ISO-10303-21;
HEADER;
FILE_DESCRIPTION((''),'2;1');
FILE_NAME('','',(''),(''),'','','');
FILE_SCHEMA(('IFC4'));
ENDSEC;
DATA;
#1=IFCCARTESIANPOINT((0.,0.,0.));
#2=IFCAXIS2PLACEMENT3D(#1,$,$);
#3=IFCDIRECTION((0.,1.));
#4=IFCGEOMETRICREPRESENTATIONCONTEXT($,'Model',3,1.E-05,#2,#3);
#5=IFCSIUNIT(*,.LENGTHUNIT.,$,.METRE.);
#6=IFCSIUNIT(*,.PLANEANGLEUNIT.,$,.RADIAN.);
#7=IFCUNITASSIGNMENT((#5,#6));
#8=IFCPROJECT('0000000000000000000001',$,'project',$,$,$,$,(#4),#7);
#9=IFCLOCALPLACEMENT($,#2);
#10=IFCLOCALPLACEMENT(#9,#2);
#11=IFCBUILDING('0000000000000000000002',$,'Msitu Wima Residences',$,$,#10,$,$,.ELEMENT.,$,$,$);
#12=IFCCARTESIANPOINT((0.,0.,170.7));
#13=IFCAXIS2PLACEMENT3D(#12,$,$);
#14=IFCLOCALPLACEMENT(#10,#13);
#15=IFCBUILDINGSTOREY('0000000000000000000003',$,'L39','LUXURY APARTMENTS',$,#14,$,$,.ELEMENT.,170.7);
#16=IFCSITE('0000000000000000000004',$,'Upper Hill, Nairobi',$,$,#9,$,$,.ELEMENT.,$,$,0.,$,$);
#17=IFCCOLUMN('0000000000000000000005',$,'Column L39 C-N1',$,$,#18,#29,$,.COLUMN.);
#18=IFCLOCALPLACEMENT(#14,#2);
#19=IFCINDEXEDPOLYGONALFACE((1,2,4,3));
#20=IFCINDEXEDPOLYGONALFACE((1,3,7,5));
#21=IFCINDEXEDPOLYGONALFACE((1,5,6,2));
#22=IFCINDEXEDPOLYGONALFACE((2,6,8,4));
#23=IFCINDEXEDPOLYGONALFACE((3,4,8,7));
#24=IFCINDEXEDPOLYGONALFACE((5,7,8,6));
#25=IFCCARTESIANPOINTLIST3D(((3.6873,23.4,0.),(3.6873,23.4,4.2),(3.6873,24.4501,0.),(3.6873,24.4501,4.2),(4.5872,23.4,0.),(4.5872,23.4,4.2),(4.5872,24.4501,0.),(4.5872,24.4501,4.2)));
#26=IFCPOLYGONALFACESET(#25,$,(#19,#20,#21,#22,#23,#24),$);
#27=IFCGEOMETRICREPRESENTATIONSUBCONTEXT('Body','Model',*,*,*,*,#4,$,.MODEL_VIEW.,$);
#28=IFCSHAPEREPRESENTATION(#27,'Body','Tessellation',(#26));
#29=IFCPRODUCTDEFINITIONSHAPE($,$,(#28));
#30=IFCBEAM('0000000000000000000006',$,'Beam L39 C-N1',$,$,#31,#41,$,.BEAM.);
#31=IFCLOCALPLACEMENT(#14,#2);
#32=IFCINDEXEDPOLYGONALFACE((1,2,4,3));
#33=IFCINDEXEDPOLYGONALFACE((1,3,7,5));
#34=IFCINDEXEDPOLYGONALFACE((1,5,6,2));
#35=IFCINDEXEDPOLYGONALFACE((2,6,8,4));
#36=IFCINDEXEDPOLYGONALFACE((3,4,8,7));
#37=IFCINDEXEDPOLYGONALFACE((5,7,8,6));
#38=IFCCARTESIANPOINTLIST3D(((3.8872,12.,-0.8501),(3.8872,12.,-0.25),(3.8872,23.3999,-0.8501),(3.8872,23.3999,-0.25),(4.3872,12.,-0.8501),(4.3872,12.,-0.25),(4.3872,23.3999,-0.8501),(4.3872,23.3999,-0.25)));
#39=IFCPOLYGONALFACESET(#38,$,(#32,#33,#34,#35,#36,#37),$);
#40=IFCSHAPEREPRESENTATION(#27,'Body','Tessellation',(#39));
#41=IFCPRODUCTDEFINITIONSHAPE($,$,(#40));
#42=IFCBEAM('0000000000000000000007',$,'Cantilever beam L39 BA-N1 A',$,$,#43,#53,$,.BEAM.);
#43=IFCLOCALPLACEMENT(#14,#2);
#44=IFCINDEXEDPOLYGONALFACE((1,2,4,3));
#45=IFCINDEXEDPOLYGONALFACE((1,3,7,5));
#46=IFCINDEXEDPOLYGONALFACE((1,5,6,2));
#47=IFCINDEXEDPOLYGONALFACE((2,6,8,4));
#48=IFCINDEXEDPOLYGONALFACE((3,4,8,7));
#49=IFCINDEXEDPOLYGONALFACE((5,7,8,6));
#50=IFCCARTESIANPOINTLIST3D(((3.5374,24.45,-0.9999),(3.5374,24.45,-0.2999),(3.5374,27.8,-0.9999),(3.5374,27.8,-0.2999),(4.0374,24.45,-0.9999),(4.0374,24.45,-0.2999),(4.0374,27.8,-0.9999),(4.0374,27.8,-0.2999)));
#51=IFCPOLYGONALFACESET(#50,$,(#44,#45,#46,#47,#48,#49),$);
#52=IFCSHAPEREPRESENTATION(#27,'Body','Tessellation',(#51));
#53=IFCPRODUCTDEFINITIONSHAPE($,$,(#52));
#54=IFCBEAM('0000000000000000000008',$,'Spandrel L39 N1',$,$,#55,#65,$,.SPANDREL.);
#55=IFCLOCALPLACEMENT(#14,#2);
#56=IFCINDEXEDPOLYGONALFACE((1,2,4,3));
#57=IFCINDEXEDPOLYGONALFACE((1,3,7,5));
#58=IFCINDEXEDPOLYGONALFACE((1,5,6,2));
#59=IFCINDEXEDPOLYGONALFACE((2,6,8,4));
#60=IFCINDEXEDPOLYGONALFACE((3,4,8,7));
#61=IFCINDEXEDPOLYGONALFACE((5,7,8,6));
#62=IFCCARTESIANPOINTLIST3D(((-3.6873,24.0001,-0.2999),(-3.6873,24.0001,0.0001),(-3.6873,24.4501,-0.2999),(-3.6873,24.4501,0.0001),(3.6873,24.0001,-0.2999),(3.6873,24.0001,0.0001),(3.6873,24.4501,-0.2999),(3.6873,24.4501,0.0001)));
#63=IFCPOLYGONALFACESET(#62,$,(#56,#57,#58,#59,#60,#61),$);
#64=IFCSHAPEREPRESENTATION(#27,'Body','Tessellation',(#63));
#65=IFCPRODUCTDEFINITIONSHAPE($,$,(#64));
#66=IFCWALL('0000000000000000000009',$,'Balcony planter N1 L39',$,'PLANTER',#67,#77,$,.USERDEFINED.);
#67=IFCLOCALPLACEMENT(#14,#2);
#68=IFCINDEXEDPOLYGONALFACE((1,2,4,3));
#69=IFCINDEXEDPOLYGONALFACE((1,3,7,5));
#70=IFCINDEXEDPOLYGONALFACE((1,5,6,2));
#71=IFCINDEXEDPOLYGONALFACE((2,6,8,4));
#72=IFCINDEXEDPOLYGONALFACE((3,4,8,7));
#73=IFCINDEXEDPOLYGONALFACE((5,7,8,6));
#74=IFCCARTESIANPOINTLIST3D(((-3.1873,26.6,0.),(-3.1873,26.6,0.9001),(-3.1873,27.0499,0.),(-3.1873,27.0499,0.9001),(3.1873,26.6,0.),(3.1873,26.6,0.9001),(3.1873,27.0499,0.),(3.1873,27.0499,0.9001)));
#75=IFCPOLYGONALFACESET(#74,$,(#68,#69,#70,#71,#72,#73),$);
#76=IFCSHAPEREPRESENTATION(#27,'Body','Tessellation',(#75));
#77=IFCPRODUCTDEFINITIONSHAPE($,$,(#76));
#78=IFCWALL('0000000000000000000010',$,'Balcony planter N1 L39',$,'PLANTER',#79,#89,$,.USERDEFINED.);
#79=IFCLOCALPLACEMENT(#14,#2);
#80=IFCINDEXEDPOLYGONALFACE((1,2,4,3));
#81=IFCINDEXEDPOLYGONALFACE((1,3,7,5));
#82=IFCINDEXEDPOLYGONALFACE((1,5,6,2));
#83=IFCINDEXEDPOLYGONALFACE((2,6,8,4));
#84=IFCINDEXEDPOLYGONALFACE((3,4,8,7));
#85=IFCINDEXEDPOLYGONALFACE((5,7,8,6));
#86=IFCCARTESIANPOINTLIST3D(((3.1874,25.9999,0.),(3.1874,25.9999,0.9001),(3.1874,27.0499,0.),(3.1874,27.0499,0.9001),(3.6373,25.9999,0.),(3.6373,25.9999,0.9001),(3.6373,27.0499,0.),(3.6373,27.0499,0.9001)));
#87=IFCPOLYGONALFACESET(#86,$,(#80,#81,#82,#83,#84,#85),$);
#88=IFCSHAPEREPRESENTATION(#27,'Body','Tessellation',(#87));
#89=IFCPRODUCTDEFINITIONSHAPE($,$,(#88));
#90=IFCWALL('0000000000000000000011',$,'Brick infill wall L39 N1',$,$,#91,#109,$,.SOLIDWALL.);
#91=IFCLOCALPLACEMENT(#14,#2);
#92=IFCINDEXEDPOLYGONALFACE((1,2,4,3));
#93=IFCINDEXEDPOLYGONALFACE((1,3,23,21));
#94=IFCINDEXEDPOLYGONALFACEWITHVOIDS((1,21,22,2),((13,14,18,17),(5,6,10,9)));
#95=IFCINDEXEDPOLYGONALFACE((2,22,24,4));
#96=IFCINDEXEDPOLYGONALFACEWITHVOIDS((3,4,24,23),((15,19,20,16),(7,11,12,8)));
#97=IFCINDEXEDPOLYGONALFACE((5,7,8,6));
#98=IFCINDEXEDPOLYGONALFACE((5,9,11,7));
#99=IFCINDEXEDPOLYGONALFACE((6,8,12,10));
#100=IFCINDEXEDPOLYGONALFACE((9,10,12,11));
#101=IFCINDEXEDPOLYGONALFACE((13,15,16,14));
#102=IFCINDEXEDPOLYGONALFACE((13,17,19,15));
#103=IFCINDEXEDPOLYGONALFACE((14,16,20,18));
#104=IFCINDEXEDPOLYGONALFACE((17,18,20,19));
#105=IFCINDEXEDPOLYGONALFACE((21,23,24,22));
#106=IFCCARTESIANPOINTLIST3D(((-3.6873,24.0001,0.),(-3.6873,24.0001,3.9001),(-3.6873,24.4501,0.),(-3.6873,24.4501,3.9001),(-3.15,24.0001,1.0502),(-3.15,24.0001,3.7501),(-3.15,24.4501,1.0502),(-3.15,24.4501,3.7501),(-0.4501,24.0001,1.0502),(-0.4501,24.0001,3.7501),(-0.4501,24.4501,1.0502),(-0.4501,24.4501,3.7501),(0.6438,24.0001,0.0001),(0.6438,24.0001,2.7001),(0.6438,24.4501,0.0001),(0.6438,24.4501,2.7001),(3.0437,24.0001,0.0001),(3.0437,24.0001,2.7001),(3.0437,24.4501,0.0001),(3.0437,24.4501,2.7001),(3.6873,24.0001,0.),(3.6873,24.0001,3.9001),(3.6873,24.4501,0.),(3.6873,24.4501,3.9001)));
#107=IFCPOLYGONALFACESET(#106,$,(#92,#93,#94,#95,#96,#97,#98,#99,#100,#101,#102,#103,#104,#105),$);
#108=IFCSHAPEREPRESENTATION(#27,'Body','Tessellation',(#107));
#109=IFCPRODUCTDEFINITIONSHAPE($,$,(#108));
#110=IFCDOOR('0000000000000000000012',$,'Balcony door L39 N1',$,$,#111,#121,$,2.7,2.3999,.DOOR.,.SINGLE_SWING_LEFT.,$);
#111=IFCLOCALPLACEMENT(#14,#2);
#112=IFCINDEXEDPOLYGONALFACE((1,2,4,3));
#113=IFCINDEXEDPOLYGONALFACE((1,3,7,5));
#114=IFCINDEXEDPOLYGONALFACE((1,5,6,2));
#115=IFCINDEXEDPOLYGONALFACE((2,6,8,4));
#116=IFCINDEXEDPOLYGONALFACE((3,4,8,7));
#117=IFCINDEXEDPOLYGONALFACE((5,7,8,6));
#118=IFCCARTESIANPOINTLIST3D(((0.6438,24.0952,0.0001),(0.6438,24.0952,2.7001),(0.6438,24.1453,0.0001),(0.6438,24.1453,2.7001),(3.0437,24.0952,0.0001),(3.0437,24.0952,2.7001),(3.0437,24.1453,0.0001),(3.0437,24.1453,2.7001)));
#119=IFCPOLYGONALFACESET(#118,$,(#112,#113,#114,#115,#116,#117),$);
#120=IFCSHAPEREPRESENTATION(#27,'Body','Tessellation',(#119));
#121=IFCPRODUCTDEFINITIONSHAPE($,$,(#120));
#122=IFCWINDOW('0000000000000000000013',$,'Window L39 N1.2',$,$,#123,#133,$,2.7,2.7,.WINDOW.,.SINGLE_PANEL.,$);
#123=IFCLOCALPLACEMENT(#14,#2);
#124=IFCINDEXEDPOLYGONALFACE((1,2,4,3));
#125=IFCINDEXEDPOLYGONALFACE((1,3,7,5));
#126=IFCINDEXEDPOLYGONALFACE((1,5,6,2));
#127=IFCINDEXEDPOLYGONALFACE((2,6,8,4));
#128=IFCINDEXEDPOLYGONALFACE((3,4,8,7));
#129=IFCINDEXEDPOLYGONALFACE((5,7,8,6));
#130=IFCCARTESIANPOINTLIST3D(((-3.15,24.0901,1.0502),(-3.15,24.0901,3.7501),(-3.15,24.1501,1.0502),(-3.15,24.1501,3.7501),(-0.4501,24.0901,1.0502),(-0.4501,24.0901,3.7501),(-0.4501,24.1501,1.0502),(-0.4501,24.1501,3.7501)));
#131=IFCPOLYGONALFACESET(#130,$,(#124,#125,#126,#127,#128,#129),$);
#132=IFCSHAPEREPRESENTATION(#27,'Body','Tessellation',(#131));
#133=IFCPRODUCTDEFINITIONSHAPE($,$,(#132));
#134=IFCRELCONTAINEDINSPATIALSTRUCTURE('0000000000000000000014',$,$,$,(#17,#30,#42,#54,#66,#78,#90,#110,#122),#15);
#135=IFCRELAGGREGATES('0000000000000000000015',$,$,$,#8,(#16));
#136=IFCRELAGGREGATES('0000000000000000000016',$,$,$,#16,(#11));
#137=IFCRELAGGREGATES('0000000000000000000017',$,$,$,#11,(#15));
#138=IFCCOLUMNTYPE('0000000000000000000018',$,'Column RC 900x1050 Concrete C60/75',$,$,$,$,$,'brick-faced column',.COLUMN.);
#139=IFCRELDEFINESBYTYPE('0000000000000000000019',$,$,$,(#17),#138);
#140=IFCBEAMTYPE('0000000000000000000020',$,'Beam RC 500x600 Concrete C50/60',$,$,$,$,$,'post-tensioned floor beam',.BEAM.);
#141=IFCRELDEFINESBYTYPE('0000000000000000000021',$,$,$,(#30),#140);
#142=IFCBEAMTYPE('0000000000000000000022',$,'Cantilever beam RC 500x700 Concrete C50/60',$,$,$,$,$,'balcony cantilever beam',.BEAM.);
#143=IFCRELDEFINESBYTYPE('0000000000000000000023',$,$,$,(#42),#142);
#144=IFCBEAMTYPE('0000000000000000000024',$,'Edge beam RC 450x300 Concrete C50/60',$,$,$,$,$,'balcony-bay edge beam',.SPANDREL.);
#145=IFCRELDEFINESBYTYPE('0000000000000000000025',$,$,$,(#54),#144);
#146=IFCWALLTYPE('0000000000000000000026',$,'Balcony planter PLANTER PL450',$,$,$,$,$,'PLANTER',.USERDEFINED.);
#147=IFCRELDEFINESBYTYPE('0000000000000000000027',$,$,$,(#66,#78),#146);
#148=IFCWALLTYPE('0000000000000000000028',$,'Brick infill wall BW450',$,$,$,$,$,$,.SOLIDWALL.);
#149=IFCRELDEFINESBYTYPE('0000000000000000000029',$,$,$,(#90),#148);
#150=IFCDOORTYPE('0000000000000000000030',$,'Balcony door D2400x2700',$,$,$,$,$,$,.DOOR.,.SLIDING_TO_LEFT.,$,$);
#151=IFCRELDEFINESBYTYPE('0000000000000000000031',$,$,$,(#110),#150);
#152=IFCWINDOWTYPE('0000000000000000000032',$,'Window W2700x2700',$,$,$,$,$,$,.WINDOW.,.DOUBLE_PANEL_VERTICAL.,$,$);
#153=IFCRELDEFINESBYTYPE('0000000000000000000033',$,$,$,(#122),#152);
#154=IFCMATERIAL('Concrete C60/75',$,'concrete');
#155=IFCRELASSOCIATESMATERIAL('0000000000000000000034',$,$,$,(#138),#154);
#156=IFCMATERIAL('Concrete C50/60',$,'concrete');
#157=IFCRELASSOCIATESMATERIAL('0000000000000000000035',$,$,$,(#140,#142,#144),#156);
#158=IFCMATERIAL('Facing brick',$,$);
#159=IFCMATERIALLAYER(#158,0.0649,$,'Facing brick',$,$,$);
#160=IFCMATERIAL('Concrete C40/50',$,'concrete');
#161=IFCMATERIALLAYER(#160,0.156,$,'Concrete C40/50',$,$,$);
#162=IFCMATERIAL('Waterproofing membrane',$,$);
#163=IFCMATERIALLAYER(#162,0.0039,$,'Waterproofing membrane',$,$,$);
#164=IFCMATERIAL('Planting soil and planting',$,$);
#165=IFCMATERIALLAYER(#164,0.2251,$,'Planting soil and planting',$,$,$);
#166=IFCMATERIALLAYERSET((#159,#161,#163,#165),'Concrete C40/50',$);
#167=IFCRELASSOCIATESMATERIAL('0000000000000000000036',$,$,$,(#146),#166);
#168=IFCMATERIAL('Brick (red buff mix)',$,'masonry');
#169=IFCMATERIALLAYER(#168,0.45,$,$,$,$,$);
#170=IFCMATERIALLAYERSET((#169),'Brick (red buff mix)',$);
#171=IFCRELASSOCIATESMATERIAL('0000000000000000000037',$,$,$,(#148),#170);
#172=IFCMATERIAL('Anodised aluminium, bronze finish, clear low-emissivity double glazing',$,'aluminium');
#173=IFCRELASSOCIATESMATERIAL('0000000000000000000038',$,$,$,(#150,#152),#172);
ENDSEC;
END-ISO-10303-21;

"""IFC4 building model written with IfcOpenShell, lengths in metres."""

from ifc_helpers import new_model, si_unit, direction, frame, frame_2d, origin, origin_2d, place, context, subcontext, project, spatial, rectangle, extrude, material, layer, layer_set, material_profile, profile_set, type_object, element, fill, save


model = new_model("IFC4")

# Units and contexts
model_context = context("Model", 3, precision=1e-05, world=origin(), true_north=direction((0.0, 1.0)))
body_context = subcontext(model_context, "Body", "Model", "MODEL_VIEW")
ifc_project = project(units=[si_unit("LENGTHUNIT", "METRE"), si_unit("PLANEANGLEUNIT", "RADIAN")], contexts=[model_context])

# Site, building, storey
site_placement = place(None, origin())
site = spatial("IfcSite", under=ifc_project, at=site_placement, Name="Upper Hill, Nairobi", CompositionType="ELEMENT", RefElevation=0.0)
building_placement = place(site_placement, origin())
building = spatial("IfcBuilding", under=site, at=building_placement, Name="Msitu Wima Residences", CompositionType="ELEMENT")
storey_placement = place(building_placement, frame((0.0, 0.0, 170.7)))
storey = spatial("IfcBuildingStorey", under=building, at=storey_placement, Name="L39", Description="LUXURY APARTMENTS", CompositionType="ELEMENT", Elevation=170.7)

# Column
ifc_material_1 = material(Name="Concrete C60/75", Category="concrete")
ifc_material_profile_1 = material_profile(ifc_material_1, rectangle(XDim=0.8999, YDim=1.05, at=origin_2d()), Name="RC 900x1050")
ifc_profile_set_1 = profile_set([ifc_material_profile_1], Name="Concrete C60/75")
column_type = type_object("IfcColumnType", Name="Column RC 900x1050 Concrete C60/75", ElementType="brick-faced column", PredefinedType="COLUMN", material=ifc_profile_set_1)
column_placement = place(storey_placement, frame((4.1372, 23.925, 0.0), z_axis=(0.0, 0.0, 1.0), x_axis=(-1.0, 0.0, 0.0)))
element("IfcColumn", 1, at=column_placement, inside=storey, type_object=column_type, Name="Column L39 C-N1", PredefinedType="COLUMN", context=body_context, shape_type="SweptSolid", body=[
    extrude(rectangle(XDim=0.8999, YDim=1.05, at=origin_2d()), origin(), (0.0, 0.0, 1.0), 4.2),
])

# Beams
ifc_material_2 = material(Name="Concrete C50/60", Category="concrete")
ifc_material_profile_2 = material_profile(ifc_material_2, rectangle(XDim=0.5, YDim=0.6001, at=origin_2d()), Name="RC 500x600")
ifc_profile_set_2 = profile_set([ifc_material_profile_2], Name="Concrete C50/60")
beam_type_1 = type_object("IfcBeamType", Name="Beam RC 500x600 Concrete C50/60", ElementType="post-tensioned floor beam", PredefinedType="BEAM", material=ifc_profile_set_2)
beam_1_placement = place(storey_placement, frame((4.1372, 23.3999, -0.55), z_axis=(0.0, -1.0, 0.0), x_axis=(1.0, 0.0, 0.0)))
element("IfcBeam", 2, at=beam_1_placement, inside=storey, type_object=beam_type_1, Name="Beam L39 C-N1", PredefinedType="BEAM", context=body_context, shape_type="SweptSolid", body=[
    extrude(rectangle(XDim=0.5, YDim=0.6001, at=origin_2d()), origin(), (0.0, 0.0, 1.0), 11.3999),
])
ifc_material_profile_3 = material_profile(ifc_material_2, rectangle(XDim=0.5, YDim=0.7, at=origin_2d()), Name="RC 500x700")
ifc_profile_set_3 = profile_set([ifc_material_profile_3], Name="Concrete C50/60")
beam_type_2 = type_object("IfcBeamType", Name="Cantilever beam RC 500x700 Concrete C50/60", ElementType="balcony cantilever beam", PredefinedType="BEAM", material=ifc_profile_set_3)
beam_2_placement = place(storey_placement, frame((3.7874, 24.45, -0.6499), z_axis=(0.0, 1.0, 0.0), x_axis=(-1.0, 0.0, 0.0)))
element("IfcBeam", 3, at=beam_2_placement, inside=storey, type_object=beam_type_2, Name="Cantilever beam L39 BA-N1 A", PredefinedType="BEAM", context=body_context, shape_type="SweptSolid", body=[
    extrude(rectangle(XDim=0.5, YDim=0.7, at=origin_2d()), origin(), (0.0, 0.0, 1.0), 3.3501),
])
ifc_material_profile_4 = material_profile(ifc_material_2, rectangle(XDim=0.45, YDim=0.3, at=origin_2d()), Name="RC 450x300")
ifc_profile_set_4 = profile_set([ifc_material_profile_4], Name="Concrete C50/60")
beam_type_3 = type_object("IfcBeamType", Name="Edge beam RC 450x300 Concrete C50/60", ElementType="balcony-bay edge beam", PredefinedType="SPANDREL", material=ifc_profile_set_4)
beam_3_placement = place(storey_placement, frame((3.6873, 24.2251, -0.1499), z_axis=(-1.0, 0.0, 0.0), x_axis=(0.0, -1.0, 0.0)))
element("IfcBeam", 4, at=beam_3_placement, inside=storey, type_object=beam_type_3, Name="Spandrel L39 N1", PredefinedType="SPANDREL", context=body_context, shape_type="SweptSolid", body=[
    extrude(rectangle(XDim=0.45, YDim=0.3, at=origin_2d()), origin(), (0.0, 0.0, 1.0), 7.3745),
])

# Walls
ifc_material_3 = material(Name="Facing brick")
ifc_layer_1 = layer(ifc_material_3, 0.0649, Name="Facing brick")
ifc_material_4 = material(Name="Concrete C40/50", Category="concrete")
ifc_layer_2 = layer(ifc_material_4, 0.156, Name="Concrete C40/50")
ifc_material_5 = material(Name="Waterproofing membrane")
ifc_layer_3 = layer(ifc_material_5, 0.0039, Name="Waterproofing membrane")
ifc_material_6 = material(Name="Planting soil and planting")
ifc_layer_4 = layer(ifc_material_6, 0.2251, Name="Planting soil and planting")
ifc_layer_set_1 = layer_set([ifc_layer_1, ifc_layer_2, ifc_layer_3, ifc_layer_4], Name="Concrete C40/50")
wall_type_1 = type_object("IfcWallType", Name="Balcony planter PLANTER PL450", ElementType="PLANTER", PredefinedType="USERDEFINED", material=ifc_layer_set_1)
wall_1_placement = place(storey_placement, frame((3.1873, 26.825, 0.0), z_axis=(0.0, 0.0, 1.0), x_axis=(-1.0, 0.0, 0.0)))
element("IfcWall", 5, at=wall_1_placement, inside=storey, type_object=wall_type_1, Name="Balcony planter N1 L39", ObjectType="PLANTER", PredefinedType="USERDEFINED", context=body_context, shape_type="SweptSolid", body=[
    extrude(rectangle(XDim=6.3745, YDim=0.45, at=frame_2d((3.1873, 0.0))), origin(), (0.0, 0.0, 1.0), 0.9001),
])
wall_2_placement = place(storey_placement, frame((3.4124, 26.0, 0.0), z_axis=(0.0, 0.0, 1.0), x_axis=(0.0, 1.0, 0.0)))
element("IfcWall", 6, at=wall_2_placement, inside=storey, type_object=wall_type_1, Name="Balcony planter N1 L39", ObjectType="PLANTER", PredefinedType="USERDEFINED", context=body_context, shape_type="SweptSolid", body=[
    extrude(rectangle(XDim=1.05, YDim=0.45, at=frame_2d((0.5249, 0.0))), origin(), (0.0, 0.0, 1.0), 0.9001),
])

# Wall, openings, door, window
ifc_material_7 = material(Name="Brick (red buff mix)", Category="masonry")
ifc_layer_5 = layer(ifc_material_7, 0.45)
ifc_layer_set_2 = layer_set([ifc_layer_5], Name="Brick (red buff mix)")
wall_type_2 = type_object("IfcWallType", Name="Brick infill wall BW450", PredefinedType="SOLIDWALL", material=ifc_layer_set_2)
wall_3_placement = place(storey_placement, frame((3.6873, 24.2251, 0.0), z_axis=(0.0, 0.0, 1.0), x_axis=(-1.0, 0.0, 0.0)))
wall_3 = element("IfcWall", 7, at=wall_3_placement, inside=storey, type_object=wall_type_2, Name="Brick infill wall L39 N1", PredefinedType="SOLIDWALL", context=body_context, shape_type="SweptSolid", body=[
    extrude(rectangle(XDim=7.3745, YDim=0.45, at=frame_2d((3.6873, 0.0))), origin(), (0.0, 0.0, 1.0), 3.9001),
])
opening_1_placement = place(wall_3_placement, frame((0.6436, 0.0, 0.0)))
opening_1 = element("IfcOpeningElement", 8, at=opening_1_placement, cuts=wall_3, PredefinedType="OPENING", context=body_context, shape_type="SweptSolid", body=[
    extrude(rectangle(XDim=2.3999, YDim=2.7, at=frame_2d((1.2, 1.3501))), frame((0.0, 0.2349, 0.0), z_axis=(0.0, -1.0, 0.0), x_axis=(1.0, 0.0, 0.0)), (0.0, 0.0, 1.0), 0.47),
])
opening_2_placement = place(wall_3_placement, frame((4.1372, 0.0, 1.05)))
opening_2 = element("IfcOpeningElement", 9, at=opening_2_placement, cuts=wall_3, PredefinedType="OPENING", context=body_context, shape_type="SweptSolid", body=[
    extrude(rectangle(XDim=2.7, YDim=2.7, at=frame_2d((1.3501, 1.3501))), frame((0.0, 0.2349, 0.0), z_axis=(0.0, -1.0, 0.0), x_axis=(1.0, 0.0, 0.0)), (0.0, 0.0, 1.0), 0.47),
])
ifc_material_8 = material(Name="Anodised aluminium, bronze finish, clear low-emissivity double glazing", Category="aluminium")
door_type_1 = type_object("IfcDoorType", Name="Balcony door D2400x2700", OperationType="SLIDING_TO_LEFT", PredefinedType="DOOR", material=ifc_material_8)
door_1_placement = place(opening_1_placement, origin())
door_1 = element("IfcDoor", 10, at=door_1_placement, inside=storey, type_object=door_type_1, Name="Balcony door L39 N1", OperationType="SINGLE_SWING_LEFT", OverallHeight=2.7, OverallWidth=2.3999, PredefinedType="DOOR", context=body_context, shape_type="SweptSolid", body=[
    extrude(rectangle(XDim=2.3999, YDim=2.7, at=frame_2d((1.2, 1.3501))), frame((0.0, 0.1299, 0.0), z_axis=(0.0, -1.0, 0.0), x_axis=(1.0, 0.0, 0.0)), (0.0, 0.0, 1.0), 0.05),
])
fill(opening_1, door_1)
window_type = type_object("IfcWindowType", Name="Window W2700x2700", PartitioningType="DOUBLE_PANEL_VERTICAL", PredefinedType="WINDOW", material=ifc_material_8)
window_placement = place(opening_2_placement, origin())
window = element("IfcWindow", 11, at=window_placement, inside=storey, type_object=window_type, Name="Window L39 N1.2", OverallHeight=2.7, OverallWidth=2.7, PartitioningType="SINGLE_PANEL", PredefinedType="WINDOW", context=body_context, shape_type="SweptSolid", body=[
    extrude(rectangle(XDim=2.7, YDim=2.7, at=frame_2d((1.3501, 1.3501))), frame((0.0, 0.135, 0.0), z_axis=(0.0, -1.0, 0.0), x_axis=(1.0, 0.0, 0.0)), (0.0, 0.0, 1.0), 0.0601),
])
fill(opening_2, window)

save(model, "model.ifc")
